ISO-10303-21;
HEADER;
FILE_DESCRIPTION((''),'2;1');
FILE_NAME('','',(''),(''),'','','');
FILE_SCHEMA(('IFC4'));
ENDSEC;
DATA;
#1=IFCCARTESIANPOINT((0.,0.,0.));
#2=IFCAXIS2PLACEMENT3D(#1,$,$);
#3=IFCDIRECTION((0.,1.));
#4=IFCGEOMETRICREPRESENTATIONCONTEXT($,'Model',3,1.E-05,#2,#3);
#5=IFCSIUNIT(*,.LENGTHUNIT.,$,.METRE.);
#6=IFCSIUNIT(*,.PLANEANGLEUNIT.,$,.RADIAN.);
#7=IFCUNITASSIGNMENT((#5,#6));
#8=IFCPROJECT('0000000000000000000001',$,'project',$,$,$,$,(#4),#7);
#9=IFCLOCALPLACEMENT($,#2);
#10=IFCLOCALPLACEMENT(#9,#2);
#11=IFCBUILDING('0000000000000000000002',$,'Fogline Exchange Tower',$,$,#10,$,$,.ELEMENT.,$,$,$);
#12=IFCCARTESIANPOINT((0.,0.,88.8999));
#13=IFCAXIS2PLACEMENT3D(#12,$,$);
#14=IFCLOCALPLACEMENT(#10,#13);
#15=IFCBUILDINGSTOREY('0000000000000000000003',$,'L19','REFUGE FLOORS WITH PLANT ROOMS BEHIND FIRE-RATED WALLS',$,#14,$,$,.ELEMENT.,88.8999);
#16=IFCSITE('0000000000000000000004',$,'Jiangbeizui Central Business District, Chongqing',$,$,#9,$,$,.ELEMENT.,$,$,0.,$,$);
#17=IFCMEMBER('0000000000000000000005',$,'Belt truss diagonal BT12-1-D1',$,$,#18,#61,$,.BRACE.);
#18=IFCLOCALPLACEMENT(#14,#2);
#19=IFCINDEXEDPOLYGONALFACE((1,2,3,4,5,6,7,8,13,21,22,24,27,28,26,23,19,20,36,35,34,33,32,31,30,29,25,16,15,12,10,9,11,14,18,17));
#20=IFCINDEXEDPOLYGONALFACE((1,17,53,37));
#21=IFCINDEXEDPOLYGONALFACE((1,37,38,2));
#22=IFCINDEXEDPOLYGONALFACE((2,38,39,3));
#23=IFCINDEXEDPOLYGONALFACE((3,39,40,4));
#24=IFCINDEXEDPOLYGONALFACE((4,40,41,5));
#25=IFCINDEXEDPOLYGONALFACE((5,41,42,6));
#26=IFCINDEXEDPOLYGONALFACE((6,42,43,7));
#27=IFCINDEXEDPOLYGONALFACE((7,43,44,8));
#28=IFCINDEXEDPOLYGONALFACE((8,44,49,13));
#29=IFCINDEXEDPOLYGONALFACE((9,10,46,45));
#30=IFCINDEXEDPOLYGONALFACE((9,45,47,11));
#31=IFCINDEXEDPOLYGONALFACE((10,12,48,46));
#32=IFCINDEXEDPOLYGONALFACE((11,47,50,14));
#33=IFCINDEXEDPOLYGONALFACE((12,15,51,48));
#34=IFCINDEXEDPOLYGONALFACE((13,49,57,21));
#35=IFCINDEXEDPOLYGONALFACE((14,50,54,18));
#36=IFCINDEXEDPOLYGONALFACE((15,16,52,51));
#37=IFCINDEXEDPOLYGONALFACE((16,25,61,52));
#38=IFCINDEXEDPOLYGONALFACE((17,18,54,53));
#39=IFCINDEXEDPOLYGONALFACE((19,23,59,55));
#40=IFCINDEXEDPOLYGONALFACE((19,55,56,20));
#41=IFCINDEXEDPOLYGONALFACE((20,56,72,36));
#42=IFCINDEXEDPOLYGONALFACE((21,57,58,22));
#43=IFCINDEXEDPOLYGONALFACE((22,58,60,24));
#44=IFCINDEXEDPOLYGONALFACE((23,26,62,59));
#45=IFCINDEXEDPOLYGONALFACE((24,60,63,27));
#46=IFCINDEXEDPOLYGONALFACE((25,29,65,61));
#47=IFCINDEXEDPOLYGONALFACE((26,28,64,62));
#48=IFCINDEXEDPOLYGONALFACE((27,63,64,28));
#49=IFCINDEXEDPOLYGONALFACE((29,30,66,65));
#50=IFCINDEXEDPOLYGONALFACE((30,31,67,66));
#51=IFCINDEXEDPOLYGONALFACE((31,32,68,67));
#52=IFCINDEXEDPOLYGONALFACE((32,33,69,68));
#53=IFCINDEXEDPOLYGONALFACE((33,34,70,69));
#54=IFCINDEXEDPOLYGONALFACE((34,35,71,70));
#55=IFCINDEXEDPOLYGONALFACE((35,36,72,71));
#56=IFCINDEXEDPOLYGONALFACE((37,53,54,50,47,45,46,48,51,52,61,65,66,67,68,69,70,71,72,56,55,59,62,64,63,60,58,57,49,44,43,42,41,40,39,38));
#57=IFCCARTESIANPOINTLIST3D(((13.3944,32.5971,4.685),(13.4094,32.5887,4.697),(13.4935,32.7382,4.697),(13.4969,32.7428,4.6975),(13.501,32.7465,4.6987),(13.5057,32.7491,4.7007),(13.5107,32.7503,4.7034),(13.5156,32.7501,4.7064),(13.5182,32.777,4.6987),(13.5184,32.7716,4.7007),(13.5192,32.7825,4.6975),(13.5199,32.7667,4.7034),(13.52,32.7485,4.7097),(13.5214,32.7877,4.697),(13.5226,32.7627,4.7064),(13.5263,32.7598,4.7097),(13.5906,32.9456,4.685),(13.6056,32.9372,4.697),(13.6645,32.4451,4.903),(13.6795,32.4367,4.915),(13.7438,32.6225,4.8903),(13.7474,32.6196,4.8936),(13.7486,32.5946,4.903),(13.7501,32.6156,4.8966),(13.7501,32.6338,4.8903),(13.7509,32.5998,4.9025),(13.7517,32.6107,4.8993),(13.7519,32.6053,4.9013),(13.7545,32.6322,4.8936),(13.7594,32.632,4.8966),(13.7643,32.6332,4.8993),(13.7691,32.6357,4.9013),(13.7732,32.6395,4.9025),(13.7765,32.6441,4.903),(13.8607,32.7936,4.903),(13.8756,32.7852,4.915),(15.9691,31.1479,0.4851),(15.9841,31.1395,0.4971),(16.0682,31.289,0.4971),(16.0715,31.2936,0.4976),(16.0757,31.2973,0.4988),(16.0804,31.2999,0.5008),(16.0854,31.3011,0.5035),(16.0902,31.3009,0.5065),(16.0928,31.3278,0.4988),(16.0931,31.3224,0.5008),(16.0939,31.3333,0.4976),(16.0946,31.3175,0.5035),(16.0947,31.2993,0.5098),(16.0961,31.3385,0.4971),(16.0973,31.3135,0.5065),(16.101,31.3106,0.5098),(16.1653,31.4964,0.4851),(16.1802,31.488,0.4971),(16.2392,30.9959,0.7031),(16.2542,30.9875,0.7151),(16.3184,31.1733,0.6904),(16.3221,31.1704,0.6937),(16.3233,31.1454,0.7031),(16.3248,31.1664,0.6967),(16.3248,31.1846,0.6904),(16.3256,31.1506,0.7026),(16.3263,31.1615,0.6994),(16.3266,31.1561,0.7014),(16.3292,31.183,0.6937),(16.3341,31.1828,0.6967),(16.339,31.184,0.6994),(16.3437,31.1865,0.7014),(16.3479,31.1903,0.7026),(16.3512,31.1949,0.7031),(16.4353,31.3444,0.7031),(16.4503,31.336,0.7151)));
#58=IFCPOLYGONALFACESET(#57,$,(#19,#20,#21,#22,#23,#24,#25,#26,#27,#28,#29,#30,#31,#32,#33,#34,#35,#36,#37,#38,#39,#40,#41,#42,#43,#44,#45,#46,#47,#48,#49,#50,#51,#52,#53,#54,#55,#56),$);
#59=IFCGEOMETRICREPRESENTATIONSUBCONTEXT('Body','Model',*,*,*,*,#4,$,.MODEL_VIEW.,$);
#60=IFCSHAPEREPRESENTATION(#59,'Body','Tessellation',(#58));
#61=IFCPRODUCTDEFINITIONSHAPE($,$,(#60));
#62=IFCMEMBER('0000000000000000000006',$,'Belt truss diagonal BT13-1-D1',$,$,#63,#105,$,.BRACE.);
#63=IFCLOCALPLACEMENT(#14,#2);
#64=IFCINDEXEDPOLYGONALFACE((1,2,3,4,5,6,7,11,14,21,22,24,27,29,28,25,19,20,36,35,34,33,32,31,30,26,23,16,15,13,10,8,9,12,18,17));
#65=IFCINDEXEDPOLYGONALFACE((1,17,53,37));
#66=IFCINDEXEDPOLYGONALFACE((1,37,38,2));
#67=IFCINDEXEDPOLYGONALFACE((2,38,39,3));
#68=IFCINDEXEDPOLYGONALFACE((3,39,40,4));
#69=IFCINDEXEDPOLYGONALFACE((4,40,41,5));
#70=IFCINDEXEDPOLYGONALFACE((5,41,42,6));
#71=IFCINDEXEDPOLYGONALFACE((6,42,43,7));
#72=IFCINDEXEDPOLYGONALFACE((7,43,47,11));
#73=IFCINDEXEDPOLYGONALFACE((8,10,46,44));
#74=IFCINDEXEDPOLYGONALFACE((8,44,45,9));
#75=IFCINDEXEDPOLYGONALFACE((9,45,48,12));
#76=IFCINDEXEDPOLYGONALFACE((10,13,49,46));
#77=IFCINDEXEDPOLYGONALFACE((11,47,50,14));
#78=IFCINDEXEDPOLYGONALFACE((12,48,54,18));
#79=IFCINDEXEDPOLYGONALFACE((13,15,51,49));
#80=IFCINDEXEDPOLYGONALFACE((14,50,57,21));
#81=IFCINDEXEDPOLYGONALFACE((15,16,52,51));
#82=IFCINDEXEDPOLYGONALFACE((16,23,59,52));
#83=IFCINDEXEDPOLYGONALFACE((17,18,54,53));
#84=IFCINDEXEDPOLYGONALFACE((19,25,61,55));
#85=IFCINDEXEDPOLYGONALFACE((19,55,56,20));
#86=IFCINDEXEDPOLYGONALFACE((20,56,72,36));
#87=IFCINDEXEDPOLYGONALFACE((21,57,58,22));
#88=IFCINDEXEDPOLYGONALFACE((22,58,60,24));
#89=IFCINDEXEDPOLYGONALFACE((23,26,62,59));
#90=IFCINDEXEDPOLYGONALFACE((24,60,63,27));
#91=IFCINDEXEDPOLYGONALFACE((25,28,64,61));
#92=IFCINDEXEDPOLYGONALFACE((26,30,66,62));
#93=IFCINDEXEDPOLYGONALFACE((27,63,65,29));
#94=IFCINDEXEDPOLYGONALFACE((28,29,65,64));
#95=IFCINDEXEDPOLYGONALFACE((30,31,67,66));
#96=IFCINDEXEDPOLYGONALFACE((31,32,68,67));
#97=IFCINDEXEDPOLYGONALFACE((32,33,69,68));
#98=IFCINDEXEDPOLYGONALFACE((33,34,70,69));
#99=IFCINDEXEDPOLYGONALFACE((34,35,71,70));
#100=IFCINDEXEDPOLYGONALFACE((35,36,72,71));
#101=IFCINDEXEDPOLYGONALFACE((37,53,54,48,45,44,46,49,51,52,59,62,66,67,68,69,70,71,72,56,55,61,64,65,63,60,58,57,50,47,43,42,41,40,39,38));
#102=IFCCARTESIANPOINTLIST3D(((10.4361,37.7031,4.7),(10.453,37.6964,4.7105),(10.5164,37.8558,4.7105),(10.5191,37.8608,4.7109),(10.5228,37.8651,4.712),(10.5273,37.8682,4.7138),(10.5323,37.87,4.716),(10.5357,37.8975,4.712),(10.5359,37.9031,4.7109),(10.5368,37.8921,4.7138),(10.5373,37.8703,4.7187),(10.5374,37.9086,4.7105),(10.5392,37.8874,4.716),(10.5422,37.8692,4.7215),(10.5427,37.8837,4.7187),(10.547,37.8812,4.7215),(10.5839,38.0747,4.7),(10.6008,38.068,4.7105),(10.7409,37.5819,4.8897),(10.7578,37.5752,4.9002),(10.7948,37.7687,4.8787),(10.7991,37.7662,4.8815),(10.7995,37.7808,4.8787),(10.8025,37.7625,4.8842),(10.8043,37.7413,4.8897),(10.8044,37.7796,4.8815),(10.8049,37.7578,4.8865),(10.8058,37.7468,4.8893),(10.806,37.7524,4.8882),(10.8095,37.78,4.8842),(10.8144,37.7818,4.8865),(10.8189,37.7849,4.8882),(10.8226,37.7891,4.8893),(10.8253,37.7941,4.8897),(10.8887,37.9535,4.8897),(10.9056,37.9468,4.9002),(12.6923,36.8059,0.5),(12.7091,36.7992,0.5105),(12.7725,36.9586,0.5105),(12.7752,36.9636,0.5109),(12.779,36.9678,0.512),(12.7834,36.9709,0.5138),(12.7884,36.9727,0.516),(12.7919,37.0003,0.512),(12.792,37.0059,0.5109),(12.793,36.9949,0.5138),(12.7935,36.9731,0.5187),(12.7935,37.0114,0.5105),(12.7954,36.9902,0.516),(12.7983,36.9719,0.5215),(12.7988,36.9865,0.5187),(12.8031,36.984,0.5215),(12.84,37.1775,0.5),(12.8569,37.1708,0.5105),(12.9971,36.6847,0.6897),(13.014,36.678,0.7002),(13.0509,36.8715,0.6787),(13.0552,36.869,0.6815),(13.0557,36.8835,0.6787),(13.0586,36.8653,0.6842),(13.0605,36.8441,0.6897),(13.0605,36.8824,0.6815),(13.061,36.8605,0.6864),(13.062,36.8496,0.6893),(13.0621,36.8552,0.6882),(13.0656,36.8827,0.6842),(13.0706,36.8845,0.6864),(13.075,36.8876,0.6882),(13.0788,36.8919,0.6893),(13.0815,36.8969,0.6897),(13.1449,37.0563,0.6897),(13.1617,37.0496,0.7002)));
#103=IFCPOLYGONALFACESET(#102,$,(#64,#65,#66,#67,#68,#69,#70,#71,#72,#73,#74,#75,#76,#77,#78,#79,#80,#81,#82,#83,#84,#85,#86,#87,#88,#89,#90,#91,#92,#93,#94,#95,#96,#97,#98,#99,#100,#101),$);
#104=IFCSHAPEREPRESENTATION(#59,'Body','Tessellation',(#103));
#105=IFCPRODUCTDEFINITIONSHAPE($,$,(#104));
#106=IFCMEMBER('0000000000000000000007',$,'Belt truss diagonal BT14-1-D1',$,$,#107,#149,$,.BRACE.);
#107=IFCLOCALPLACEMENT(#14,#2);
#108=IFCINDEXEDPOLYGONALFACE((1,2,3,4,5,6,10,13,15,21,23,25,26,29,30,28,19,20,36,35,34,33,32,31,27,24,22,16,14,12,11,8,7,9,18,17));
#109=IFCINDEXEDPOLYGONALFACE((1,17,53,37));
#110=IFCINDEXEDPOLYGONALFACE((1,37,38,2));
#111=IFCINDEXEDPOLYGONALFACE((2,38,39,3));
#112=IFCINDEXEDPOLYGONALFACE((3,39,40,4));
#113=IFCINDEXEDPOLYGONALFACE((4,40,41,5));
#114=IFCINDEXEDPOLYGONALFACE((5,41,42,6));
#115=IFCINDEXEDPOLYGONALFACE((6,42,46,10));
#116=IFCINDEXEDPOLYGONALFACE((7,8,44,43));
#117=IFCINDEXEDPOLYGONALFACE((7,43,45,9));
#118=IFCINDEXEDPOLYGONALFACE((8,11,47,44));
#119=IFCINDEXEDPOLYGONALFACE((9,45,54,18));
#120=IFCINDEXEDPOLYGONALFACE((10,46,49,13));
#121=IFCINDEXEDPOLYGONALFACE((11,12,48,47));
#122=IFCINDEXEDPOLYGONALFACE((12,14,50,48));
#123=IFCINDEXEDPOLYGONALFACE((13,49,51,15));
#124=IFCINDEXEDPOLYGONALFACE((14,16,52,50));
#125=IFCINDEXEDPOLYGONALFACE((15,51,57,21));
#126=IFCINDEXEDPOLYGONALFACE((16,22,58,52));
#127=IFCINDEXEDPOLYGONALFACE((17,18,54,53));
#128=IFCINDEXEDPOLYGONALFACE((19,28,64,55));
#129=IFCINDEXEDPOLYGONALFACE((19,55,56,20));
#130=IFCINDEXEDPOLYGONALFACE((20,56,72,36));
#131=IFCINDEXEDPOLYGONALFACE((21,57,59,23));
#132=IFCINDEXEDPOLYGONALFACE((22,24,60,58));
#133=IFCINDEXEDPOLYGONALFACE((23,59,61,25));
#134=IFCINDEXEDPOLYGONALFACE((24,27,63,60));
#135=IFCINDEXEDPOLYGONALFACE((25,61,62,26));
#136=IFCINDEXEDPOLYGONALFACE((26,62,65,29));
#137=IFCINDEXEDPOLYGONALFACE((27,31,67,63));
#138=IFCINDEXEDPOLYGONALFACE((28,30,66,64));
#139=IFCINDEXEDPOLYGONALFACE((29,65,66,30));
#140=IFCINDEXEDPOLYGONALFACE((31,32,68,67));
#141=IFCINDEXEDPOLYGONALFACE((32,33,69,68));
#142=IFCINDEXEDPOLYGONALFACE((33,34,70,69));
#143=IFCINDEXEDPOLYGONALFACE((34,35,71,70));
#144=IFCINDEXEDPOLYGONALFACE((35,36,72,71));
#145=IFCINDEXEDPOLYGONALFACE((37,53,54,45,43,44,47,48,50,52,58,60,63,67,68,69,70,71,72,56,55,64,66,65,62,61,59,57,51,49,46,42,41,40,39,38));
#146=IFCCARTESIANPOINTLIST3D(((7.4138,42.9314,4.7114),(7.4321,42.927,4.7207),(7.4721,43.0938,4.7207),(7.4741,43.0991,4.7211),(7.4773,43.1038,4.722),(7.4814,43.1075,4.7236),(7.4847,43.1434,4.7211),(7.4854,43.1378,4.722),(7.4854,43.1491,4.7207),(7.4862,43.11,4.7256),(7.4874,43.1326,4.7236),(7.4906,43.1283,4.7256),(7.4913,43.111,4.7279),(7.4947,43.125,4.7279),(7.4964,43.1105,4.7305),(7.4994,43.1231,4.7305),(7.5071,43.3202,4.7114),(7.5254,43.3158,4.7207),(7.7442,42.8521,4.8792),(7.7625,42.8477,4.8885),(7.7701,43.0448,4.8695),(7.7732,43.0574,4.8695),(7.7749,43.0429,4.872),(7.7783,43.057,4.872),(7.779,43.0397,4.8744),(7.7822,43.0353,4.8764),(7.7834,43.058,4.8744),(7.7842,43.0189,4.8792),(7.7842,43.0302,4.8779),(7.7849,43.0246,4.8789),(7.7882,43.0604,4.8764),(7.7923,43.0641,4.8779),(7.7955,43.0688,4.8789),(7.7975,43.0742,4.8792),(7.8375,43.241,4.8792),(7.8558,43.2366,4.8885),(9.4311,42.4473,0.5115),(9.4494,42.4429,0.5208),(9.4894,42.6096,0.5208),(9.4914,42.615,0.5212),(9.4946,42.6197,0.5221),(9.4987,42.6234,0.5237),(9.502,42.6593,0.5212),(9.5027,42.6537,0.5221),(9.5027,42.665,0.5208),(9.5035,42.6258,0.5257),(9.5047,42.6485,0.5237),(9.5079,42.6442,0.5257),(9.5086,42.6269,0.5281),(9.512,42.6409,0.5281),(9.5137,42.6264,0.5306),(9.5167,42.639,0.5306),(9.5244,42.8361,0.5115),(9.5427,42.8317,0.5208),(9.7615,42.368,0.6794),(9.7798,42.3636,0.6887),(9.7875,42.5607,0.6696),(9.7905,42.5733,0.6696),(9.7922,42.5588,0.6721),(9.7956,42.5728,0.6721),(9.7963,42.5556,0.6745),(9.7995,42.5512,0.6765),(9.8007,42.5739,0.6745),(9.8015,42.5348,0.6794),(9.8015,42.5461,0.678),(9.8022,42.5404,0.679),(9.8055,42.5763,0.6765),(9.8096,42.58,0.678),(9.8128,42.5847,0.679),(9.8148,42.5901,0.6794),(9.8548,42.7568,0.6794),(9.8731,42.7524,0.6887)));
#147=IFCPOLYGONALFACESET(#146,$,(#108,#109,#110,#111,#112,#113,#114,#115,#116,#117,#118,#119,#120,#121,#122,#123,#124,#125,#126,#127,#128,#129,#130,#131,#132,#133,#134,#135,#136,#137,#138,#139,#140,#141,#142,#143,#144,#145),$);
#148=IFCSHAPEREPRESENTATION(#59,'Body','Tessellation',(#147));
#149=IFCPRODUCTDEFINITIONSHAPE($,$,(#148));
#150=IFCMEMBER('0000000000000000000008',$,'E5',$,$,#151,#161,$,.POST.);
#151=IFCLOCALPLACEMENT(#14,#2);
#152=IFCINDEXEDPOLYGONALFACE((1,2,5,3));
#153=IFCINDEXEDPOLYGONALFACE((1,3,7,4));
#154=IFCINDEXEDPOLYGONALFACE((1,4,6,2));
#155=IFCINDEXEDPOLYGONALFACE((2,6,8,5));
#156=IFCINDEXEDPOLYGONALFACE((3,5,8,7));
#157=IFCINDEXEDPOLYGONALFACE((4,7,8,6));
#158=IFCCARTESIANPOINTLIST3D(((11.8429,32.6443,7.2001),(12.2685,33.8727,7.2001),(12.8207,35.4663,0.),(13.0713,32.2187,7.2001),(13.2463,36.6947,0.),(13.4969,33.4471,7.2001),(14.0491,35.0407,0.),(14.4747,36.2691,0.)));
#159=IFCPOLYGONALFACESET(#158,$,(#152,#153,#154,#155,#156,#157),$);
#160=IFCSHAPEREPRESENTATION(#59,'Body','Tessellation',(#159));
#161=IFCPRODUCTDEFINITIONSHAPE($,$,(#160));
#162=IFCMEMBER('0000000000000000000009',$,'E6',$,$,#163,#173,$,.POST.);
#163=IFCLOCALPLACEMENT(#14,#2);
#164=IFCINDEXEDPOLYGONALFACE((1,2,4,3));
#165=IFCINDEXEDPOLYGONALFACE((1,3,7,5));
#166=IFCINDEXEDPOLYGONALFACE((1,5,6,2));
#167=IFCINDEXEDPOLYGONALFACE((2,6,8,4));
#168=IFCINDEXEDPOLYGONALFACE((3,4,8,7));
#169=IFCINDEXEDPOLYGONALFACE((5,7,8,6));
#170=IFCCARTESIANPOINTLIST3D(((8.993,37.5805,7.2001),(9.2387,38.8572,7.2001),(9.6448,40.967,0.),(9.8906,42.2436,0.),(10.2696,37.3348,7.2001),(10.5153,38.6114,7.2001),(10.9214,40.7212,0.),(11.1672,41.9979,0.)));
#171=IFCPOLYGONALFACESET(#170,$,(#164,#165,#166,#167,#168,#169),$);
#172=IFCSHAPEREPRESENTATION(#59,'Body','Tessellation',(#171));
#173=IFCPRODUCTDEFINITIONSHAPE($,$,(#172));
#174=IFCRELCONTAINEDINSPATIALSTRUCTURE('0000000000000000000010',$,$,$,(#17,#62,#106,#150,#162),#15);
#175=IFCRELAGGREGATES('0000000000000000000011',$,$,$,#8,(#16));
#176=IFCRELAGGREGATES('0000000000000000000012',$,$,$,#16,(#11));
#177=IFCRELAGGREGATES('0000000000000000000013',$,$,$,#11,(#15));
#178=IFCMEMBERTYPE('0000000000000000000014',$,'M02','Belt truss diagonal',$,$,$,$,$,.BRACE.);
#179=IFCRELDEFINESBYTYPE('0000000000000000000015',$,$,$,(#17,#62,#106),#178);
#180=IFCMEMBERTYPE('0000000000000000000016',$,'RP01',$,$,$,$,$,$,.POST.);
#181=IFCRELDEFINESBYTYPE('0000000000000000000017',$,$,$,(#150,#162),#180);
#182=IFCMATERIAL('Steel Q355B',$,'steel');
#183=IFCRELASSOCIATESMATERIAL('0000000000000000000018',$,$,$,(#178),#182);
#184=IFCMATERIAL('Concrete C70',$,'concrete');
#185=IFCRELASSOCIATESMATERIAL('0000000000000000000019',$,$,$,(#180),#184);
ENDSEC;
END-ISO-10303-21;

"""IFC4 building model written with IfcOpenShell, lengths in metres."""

from ifc_helpers import new_model, si_unit, direction, frame, origin, origin_2d, place, context, subcontext, project, spatial, rectangle, i_section, extrude, material, material_profile, profile_set, type_object, element, save


model = new_model("IFC4")

# Units and contexts
model_context = context("Model", 3, precision=1e-05, world=origin(), true_north=direction((0.0, 1.0)))
body_context = subcontext(model_context, "Body", "Model", "MODEL_VIEW")
ifc_project = project(units=[si_unit("LENGTHUNIT", "METRE"), si_unit("PLANEANGLEUNIT", "RADIAN")], contexts=[model_context])

# Site, building, storey
site_placement = place(None, origin())
site = spatial("IfcSite", under=ifc_project, at=site_placement, Name="Jiangbeizui Central Business District, Chongqing", CompositionType="ELEMENT", RefElevation=0.0)
building_placement = place(site_placement, origin())
building = spatial("IfcBuilding", under=site, at=building_placement, Name="Fogline Exchange Tower", CompositionType="ELEMENT")
storey_placement = place(building_placement, frame((0.0, 0.0, 88.8999)))
storey = spatial("IfcBuildingStorey", under=building, at=storey_placement, Name="L19", Description="REFUGE FLOORS WITH PLANT ROOMS BEHIND FIRE-RATED WALLS", CompositionType="ELEMENT", Elevation=88.8999)

# Members
ifc_material_1 = material(Name="Steel Q355B", Category="steel")
ifc_material_profile_1 = material_profile(ifc_material_1, i_section(OverallWidth=0.3999, OverallDepth=0.3999, WebThickness=0.0129, FlangeThickness=0.021, FilletRadius=0.022, at=origin_2d()), Name="HW400X400X13X21")
ifc_profile_set_1 = profile_set([ifc_material_profile_1], Name="Steel Q355B")
member_type_1 = type_object("IfcMemberType", Name="M02", Description="Belt truss diagonal", PredefinedType="BRACE", material=ifc_profile_set_1)
member_1_placement = place(storey_placement, frame((16.2097, 31.2419, 0.6001), z_axis=(-0.501397, 0.28222, 0.817896), x_axis=(-0.490504, -0.871439, 0.0)))
element("IfcMember", 1, at=member_1_placement, inside=storey, type_object=member_type_1, Name="Belt truss diagonal BT12-1-D1", PredefinedType="BRACE", context=body_context, shape_type="SweptSolid", body=[
    extrude(i_section(OverallWidth=0.3999, OverallDepth=0.3999, WebThickness=0.0129, FlangeThickness=0.021, FilletRadius=0.022, at=origin_2d()), origin(), (0.0, 0.0, 1.0), 5.135),
])
member_2_placement = place(storey_placement, frame((12.927, 36.9277, 0.6001), z_axis=(-0.465056, 0.184946, 0.865747), x_axis=(-0.369535, -0.929217, 0.0)))
element("IfcMember", 2, at=member_2_placement, inside=storey, type_object=member_type_1, Name="Belt truss diagonal BT13-1-D1", PredefinedType="BRACE", context=body_context, shape_type="SweptSolid", body=[
    extrude(i_section(OverallWidth=0.3999, OverallDepth=0.3999, WebThickness=0.0129, FlangeThickness=0.021, FilletRadius=0.022, at=origin_2d()), origin(), (0.0, 0.0, 1.0), 4.8513),
])
member_3_placement = place(storey_placement, frame((9.6521, 42.5999, 0.6001), z_axis=(-0.430649, 0.10335, 0.896582), x_axis=(-0.23336, -0.972391, 0.0)))
element("IfcMember", 3, at=member_3_placement, inside=storey, type_object=member_type_1, Name="Belt truss diagonal BT14-1-D1", PredefinedType="BRACE", context=body_context, shape_type="SweptSolid", body=[
    extrude(i_section(OverallWidth=0.3999, OverallDepth=0.3999, WebThickness=0.0129, FlangeThickness=0.021, FilletRadius=0.022, at=origin_2d()), origin(), (0.0, 0.0, 1.0), 4.6843),
])
ifc_material_2 = material(Name="Concrete C70", Category="concrete")
ifc_material_profile_2 = material_profile(ifc_material_2, rectangle(XDim=1.3, YDim=1.3, at=origin_2d()), Name="RC 1300x1300")
ifc_profile_set_2 = profile_set([ifc_material_profile_2], Name="Concrete C70")
member_type_2 = type_object("IfcMemberType", Name="RP01", PredefinedType="POST", material=ifc_profile_set_2)
member_4_placement = place(storey_placement, frame((13.6477, 35.8677, 0.0), z_axis=(0.0, 0.0, 1.0), x_axis=(0.94489, -0.327389, 0.0)))
element("IfcMember", 4, at=member_4_placement, inside=storey, type_object=member_type_2, Name="E5", PredefinedType="POST", context=body_context, shape_type="SweptSolid", body=[
    extrude(rectangle(XDim=1.3, YDim=1.3, at=origin_2d()), origin(), (0.0, -0.383143, 0.923689), 7.7949),
])
member_5_placement = place(storey_placement, frame((10.406, 41.4824, 0.0), z_axis=(0.0, 0.0, 1.0), x_axis=(0.981974, -0.189018, 0.0)))
element("IfcMember", 5, at=member_5_placement, inside=storey, type_object=member_type_2, Name="E6", PredefinedType="POST", context=body_context, shape_type="SweptSolid", body=[
    extrude(rectangle(XDim=1.3, YDim=1.3, at=origin_2d()), origin(), (0.0, -0.431972, 0.901887), 7.9834),
])

save(model, "model.ifc")
